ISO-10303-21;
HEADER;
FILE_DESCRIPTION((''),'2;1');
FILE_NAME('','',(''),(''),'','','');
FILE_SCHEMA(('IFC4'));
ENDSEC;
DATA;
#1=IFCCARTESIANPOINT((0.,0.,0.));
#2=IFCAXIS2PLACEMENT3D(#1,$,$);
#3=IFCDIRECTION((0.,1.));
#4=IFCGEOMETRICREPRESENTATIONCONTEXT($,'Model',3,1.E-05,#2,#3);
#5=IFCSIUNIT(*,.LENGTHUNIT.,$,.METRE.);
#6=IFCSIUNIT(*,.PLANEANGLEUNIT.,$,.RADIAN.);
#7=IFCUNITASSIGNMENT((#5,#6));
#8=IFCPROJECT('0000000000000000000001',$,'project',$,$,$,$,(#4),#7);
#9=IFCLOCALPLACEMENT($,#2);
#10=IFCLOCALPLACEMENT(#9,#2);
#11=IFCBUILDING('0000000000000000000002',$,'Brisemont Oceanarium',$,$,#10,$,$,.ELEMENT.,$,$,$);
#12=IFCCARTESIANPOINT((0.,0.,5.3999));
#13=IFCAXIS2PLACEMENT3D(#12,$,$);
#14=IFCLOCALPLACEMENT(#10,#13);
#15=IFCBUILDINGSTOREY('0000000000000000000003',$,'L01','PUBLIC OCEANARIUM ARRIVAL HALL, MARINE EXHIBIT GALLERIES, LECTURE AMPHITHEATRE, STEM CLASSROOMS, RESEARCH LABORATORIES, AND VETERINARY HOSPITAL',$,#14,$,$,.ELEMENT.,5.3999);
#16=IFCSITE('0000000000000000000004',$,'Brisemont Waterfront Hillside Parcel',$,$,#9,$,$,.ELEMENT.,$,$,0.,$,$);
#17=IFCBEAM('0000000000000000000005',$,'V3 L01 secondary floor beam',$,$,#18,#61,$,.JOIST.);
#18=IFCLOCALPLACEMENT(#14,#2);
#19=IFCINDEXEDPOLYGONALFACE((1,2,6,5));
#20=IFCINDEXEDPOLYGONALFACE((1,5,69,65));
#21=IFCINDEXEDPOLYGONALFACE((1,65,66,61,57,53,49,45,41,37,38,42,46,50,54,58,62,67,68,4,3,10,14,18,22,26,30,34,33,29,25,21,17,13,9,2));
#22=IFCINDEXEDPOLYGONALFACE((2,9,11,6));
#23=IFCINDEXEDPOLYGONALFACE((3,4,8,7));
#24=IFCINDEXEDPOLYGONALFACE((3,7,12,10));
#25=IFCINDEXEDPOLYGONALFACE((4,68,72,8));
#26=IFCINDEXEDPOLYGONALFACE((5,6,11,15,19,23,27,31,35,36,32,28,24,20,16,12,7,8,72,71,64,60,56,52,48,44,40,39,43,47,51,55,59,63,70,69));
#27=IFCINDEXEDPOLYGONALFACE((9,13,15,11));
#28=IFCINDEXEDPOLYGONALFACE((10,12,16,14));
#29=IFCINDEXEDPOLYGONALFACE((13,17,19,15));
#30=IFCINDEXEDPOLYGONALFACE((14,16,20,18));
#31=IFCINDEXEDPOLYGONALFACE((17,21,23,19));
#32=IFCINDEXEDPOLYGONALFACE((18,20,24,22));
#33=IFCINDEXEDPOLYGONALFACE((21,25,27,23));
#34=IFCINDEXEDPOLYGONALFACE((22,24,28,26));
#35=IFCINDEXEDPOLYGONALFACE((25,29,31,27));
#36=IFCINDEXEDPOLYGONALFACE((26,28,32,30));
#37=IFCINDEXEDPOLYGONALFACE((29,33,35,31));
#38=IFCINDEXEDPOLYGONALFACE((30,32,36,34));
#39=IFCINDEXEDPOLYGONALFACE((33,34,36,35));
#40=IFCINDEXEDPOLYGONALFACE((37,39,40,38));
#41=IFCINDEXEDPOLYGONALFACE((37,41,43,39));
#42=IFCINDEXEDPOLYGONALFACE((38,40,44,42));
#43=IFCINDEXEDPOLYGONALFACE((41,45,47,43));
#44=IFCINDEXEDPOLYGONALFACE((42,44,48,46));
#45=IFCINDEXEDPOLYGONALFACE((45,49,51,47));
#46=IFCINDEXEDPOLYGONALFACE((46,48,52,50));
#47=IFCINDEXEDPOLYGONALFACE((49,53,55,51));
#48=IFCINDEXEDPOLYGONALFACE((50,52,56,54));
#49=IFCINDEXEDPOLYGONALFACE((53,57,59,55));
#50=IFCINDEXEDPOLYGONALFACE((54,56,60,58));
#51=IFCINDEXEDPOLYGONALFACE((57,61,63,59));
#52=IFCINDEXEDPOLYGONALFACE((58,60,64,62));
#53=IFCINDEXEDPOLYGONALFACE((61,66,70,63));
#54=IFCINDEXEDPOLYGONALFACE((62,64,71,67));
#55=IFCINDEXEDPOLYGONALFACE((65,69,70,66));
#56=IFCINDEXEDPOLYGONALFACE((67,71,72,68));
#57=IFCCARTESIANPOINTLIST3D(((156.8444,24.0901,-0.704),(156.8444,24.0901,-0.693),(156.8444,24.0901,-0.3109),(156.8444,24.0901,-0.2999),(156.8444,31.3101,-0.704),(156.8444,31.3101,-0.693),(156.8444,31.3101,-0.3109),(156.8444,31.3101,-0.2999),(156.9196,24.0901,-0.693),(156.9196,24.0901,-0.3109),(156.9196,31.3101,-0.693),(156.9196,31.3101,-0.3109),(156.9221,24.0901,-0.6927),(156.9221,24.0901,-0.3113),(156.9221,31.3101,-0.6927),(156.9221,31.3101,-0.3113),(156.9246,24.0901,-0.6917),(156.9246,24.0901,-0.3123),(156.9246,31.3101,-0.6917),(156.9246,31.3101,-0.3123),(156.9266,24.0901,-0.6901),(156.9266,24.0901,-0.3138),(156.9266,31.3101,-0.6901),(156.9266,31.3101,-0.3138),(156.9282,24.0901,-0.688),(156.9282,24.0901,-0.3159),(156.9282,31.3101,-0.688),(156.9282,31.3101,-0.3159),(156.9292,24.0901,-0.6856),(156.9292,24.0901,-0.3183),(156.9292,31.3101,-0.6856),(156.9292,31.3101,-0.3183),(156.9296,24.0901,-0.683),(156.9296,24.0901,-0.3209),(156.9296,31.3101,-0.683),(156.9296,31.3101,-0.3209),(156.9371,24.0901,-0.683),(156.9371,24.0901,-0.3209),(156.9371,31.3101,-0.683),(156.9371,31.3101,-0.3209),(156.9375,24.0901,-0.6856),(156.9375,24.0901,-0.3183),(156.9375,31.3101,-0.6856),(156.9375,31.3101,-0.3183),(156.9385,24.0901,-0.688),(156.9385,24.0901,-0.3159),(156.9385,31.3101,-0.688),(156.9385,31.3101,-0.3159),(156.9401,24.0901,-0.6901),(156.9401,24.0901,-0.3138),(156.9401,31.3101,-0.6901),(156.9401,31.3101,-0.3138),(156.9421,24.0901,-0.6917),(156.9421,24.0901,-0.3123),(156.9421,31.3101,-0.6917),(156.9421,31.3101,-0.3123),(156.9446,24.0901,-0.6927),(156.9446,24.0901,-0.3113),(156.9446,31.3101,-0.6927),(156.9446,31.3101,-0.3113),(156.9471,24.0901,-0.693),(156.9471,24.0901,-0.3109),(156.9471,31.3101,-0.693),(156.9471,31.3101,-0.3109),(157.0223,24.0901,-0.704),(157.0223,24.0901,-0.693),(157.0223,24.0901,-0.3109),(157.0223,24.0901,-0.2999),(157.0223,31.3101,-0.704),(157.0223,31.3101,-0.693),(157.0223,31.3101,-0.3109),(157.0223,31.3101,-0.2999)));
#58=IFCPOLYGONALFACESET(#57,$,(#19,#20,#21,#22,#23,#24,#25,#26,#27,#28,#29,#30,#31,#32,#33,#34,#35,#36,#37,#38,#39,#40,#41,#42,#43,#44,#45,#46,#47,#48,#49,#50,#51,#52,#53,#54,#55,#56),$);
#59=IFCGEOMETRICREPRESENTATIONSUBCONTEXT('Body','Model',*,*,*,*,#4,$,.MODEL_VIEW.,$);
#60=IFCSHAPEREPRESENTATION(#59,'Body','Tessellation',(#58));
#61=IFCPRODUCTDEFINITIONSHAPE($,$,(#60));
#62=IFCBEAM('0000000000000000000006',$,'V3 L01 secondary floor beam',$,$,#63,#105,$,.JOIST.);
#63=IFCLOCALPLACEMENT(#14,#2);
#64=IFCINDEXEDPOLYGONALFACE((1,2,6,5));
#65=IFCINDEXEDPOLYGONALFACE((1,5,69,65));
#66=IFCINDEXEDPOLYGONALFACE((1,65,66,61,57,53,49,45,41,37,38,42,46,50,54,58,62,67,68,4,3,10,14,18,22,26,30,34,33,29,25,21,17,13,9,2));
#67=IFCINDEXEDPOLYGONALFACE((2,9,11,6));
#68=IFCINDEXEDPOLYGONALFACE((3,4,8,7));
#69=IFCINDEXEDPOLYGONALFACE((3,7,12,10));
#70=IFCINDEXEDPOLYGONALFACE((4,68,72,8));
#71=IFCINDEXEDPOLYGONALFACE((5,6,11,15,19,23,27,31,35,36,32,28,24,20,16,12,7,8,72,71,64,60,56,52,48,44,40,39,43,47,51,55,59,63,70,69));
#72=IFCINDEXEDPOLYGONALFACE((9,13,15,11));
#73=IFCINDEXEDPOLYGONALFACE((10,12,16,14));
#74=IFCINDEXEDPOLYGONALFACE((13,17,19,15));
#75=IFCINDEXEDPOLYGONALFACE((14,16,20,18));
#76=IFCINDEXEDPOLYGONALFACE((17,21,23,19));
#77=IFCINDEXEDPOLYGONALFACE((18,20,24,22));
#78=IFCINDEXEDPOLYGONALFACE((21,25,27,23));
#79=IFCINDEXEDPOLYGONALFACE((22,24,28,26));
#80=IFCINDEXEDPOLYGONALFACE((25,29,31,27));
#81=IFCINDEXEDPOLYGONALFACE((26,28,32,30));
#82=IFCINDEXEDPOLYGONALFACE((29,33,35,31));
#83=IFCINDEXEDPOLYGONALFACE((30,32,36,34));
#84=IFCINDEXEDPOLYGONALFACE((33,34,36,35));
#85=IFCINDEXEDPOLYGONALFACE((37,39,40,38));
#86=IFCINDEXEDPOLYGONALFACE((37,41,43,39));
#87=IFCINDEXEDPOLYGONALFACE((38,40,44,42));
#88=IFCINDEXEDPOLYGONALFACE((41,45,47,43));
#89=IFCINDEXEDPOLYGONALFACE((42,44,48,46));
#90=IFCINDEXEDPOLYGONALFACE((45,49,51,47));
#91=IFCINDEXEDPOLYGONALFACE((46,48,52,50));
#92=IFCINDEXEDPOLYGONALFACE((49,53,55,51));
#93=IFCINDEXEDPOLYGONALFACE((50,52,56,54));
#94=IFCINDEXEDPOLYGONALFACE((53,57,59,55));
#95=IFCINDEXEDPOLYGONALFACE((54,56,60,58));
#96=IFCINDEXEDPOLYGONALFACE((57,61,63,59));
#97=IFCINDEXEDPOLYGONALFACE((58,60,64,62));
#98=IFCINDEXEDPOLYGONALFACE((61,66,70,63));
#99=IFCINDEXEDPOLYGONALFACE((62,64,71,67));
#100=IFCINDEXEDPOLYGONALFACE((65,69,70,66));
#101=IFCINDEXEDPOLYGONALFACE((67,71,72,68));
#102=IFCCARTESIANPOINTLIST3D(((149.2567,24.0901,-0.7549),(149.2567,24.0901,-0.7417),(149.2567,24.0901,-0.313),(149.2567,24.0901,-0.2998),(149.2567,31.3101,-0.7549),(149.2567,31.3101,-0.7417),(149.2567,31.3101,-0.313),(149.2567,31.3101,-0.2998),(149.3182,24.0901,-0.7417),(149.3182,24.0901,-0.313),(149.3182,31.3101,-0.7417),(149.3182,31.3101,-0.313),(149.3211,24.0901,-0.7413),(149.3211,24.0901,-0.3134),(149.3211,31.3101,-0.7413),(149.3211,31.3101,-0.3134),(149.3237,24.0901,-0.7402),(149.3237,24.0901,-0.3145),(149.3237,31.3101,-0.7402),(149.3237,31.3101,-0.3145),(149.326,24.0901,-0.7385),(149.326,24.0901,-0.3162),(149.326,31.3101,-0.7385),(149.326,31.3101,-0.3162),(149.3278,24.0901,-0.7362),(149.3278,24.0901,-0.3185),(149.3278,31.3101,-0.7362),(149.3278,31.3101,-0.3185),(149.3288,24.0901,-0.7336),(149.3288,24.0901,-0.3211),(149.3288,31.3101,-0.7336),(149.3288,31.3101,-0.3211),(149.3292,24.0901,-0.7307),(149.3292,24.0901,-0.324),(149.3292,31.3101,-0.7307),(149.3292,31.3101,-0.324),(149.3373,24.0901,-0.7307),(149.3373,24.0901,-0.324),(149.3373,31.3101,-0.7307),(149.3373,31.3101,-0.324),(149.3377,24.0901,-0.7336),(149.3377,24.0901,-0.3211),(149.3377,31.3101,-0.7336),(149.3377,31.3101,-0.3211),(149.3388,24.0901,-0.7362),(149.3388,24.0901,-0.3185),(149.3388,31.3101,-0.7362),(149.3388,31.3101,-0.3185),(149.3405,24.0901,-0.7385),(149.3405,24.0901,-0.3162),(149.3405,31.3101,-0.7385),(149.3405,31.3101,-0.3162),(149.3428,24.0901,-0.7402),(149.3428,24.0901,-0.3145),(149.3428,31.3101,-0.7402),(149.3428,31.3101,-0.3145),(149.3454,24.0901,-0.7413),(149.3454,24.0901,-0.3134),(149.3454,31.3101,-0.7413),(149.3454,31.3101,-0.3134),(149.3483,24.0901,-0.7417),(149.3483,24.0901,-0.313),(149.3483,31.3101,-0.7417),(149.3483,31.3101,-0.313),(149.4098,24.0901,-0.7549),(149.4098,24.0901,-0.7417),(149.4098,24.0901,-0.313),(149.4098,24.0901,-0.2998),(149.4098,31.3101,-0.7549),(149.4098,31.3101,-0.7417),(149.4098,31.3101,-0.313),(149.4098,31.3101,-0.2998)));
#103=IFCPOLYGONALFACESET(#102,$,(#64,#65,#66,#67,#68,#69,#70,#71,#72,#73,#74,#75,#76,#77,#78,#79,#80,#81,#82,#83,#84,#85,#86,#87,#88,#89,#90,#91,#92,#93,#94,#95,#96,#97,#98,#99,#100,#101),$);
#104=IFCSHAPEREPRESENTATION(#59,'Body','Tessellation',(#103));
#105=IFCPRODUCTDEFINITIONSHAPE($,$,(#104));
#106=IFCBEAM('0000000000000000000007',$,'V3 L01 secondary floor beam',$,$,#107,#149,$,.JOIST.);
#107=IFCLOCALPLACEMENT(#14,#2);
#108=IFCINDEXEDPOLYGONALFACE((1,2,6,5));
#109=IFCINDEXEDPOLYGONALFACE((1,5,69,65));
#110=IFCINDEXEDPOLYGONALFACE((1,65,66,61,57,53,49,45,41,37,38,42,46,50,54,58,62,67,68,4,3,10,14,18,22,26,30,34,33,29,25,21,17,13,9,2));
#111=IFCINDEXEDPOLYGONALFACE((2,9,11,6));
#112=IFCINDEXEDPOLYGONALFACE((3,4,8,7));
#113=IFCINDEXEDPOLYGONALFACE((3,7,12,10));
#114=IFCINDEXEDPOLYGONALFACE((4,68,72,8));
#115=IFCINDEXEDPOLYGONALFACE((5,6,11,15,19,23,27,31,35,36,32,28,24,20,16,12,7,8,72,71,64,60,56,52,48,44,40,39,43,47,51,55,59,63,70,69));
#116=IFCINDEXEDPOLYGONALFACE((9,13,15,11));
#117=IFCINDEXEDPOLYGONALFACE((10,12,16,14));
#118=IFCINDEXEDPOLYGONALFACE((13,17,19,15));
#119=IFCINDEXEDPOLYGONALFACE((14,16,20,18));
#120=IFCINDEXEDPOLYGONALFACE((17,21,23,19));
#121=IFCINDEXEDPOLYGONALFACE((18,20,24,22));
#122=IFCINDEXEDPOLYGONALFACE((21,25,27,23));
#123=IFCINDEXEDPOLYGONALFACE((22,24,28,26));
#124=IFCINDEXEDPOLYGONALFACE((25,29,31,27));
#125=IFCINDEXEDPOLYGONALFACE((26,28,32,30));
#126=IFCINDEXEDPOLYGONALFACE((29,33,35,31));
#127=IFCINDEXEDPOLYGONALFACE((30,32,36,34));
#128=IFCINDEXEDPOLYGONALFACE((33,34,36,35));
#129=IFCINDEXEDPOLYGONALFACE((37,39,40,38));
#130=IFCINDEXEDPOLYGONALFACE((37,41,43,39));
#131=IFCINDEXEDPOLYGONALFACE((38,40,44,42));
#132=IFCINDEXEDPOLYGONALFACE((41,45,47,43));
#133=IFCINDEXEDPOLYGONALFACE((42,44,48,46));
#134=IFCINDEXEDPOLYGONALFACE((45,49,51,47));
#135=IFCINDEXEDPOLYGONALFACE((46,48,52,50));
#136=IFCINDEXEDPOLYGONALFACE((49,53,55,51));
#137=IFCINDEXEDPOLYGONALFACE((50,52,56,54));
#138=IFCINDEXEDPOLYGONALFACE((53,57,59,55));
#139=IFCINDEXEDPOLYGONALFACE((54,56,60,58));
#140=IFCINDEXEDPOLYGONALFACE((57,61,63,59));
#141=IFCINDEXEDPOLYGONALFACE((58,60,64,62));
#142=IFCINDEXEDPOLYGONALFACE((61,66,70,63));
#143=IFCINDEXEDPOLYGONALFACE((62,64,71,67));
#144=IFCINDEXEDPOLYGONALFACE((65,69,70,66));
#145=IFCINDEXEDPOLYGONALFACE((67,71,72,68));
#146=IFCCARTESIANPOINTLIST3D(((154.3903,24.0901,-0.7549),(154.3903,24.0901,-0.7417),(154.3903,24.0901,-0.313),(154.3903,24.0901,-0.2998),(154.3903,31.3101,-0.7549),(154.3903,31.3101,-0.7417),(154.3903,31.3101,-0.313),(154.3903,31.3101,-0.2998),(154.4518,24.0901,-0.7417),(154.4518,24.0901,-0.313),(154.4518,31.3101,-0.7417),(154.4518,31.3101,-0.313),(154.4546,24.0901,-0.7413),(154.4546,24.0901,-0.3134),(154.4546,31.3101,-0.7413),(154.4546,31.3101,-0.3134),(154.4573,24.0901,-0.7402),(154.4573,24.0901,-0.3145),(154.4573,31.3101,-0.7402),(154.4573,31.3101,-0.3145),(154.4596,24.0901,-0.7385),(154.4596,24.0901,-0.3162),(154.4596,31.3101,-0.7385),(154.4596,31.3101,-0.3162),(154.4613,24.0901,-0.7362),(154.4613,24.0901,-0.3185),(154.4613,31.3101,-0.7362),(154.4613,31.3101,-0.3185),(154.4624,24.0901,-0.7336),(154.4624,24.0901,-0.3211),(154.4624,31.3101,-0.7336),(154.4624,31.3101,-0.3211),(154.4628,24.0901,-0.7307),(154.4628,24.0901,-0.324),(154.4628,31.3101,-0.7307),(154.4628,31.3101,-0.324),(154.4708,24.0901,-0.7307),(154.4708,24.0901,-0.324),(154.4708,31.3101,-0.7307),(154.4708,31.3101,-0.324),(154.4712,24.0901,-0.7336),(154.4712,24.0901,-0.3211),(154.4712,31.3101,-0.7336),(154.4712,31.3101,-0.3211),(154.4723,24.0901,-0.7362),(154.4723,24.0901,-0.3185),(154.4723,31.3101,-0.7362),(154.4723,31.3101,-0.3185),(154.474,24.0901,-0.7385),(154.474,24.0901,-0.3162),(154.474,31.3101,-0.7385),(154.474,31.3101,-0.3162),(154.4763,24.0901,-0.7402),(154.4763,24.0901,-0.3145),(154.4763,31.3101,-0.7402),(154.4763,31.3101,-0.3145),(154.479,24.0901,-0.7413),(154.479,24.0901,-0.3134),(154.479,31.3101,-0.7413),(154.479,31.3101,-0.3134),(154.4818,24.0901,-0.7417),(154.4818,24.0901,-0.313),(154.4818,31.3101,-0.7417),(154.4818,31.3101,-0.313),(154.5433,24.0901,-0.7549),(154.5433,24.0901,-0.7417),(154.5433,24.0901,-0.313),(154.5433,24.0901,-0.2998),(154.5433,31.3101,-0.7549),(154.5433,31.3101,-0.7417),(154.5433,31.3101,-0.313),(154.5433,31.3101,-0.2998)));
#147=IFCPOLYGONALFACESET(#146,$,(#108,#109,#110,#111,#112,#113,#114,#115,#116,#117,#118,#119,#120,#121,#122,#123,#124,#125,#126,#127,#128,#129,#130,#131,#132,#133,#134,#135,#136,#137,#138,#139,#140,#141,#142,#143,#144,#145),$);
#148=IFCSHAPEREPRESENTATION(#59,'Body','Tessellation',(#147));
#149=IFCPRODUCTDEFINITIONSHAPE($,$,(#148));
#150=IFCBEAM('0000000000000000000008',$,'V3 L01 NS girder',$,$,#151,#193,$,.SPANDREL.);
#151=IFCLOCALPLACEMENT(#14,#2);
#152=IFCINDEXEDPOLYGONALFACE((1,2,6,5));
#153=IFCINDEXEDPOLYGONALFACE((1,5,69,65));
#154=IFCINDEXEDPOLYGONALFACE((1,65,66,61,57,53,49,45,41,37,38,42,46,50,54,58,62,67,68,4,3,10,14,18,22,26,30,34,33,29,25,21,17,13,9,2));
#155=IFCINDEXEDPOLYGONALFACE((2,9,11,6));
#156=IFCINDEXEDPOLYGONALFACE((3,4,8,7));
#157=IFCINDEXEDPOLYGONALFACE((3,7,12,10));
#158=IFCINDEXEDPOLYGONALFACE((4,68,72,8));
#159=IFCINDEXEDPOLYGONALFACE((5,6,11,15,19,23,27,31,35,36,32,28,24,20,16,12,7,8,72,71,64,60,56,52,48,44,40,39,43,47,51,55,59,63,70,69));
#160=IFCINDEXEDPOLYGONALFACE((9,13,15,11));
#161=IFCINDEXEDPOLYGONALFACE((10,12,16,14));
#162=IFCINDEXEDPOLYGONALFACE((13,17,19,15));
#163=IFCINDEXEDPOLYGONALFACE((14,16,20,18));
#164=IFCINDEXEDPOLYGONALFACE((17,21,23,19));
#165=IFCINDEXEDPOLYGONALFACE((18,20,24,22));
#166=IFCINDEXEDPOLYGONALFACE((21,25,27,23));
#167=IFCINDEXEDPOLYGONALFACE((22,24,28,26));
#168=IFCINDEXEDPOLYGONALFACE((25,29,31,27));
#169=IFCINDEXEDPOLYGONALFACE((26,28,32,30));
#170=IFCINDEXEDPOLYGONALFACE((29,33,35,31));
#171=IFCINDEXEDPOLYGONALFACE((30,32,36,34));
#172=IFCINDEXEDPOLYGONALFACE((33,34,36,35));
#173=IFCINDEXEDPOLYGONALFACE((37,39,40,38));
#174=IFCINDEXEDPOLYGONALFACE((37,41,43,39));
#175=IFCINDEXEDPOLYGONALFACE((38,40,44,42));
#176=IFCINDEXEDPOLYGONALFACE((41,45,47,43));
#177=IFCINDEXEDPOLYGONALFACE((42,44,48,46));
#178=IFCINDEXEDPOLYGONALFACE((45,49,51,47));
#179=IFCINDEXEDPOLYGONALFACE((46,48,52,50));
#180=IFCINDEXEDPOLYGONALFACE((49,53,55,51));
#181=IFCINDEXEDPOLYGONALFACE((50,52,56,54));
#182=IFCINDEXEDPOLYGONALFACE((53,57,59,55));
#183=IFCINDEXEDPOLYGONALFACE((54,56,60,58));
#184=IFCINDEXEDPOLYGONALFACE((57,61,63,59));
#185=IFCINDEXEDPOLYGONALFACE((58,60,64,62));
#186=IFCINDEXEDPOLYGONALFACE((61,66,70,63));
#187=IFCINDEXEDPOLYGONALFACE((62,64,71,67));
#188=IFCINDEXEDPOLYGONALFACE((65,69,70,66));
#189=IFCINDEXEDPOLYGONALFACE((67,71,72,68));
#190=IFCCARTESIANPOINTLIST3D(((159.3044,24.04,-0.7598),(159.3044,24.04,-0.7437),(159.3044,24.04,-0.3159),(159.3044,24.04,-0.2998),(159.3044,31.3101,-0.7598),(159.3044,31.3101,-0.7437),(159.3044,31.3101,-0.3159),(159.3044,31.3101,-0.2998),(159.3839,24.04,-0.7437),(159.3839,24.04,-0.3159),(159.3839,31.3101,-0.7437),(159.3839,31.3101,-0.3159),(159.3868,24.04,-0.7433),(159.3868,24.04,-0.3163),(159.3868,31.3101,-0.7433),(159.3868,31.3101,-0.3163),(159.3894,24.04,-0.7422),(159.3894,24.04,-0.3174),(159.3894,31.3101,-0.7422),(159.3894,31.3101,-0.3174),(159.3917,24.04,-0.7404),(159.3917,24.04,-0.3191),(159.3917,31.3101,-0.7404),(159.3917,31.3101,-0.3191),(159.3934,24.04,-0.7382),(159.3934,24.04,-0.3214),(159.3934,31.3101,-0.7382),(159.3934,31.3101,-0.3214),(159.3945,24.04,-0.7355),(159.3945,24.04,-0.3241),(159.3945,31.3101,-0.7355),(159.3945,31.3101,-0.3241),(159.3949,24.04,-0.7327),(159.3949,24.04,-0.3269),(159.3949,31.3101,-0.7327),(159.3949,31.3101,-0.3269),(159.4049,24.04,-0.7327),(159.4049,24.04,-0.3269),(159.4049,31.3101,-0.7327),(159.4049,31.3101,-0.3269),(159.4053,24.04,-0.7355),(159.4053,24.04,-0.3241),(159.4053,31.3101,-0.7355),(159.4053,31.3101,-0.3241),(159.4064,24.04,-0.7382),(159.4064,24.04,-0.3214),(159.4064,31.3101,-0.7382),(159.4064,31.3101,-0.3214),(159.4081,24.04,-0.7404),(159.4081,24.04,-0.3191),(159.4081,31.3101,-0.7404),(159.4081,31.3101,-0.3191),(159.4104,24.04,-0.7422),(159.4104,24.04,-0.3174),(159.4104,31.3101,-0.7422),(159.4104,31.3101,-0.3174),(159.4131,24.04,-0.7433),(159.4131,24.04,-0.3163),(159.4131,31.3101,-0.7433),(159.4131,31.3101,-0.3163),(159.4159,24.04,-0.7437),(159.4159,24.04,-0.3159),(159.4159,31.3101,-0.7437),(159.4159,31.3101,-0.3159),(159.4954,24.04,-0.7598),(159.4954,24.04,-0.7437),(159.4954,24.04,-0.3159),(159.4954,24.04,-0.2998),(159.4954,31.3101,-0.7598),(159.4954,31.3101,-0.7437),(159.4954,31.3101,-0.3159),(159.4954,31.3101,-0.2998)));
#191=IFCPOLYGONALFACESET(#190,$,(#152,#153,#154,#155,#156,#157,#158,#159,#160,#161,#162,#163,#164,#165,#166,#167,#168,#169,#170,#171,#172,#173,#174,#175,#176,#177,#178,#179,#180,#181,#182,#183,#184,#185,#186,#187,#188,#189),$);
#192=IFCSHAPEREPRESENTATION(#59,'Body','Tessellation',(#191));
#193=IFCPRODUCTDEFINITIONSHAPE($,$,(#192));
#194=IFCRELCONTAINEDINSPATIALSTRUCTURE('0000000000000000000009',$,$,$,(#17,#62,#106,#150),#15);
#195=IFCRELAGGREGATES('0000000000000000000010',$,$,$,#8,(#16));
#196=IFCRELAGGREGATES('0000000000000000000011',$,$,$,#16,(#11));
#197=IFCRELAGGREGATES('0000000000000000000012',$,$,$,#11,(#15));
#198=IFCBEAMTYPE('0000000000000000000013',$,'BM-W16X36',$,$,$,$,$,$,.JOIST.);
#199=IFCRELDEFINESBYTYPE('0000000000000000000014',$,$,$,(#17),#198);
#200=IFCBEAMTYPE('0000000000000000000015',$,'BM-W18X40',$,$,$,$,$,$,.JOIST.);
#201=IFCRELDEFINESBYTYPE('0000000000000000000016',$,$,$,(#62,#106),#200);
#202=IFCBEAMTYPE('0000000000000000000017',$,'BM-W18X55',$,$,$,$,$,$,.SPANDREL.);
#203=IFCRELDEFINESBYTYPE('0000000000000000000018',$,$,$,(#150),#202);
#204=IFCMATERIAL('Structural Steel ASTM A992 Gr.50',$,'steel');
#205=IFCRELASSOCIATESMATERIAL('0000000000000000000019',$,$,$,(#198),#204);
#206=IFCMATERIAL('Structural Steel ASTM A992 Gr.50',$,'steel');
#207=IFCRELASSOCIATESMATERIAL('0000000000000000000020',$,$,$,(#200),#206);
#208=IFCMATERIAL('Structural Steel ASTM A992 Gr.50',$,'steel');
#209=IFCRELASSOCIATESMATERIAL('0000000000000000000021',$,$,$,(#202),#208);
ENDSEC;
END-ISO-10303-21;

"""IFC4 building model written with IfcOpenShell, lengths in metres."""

from ifc_helpers import new_model, si_unit, direction, frame, origin, origin_2d, place, context, subcontext, project, spatial, i_section, extrude, material, material_profile, profile_set, type_object, element, save


model = new_model("IFC4")

# Units and contexts
model_context = context("Model", 3, precision=1e-05, world=origin(), true_north=direction((0.0, 1.0)))
body_context = subcontext(model_context, "Body", "Model", "MODEL_VIEW")
ifc_project = project(units=[si_unit("LENGTHUNIT", "METRE"), si_unit("PLANEANGLEUNIT", "RADIAN")], contexts=[model_context])

# Site, building, storey
site_placement = place(None, origin())
site = spatial("IfcSite", under=ifc_project, at=site_placement, Name="Brisemont Waterfront Hillside Parcel", CompositionType="ELEMENT", RefElevation=0.0)
building_placement = place(site_placement, origin())
building = spatial("IfcBuilding", under=site, at=building_placement, Name="Brisemont Oceanarium", CompositionType="ELEMENT")
storey_placement = place(building_placement, frame((0.0, 0.0, 5.3999)))
storey = spatial("IfcBuildingStorey", under=building, at=storey_placement, Name="L01", Description="PUBLIC OCEANARIUM ARRIVAL HALL, MARINE EXHIBIT GALLERIES, LECTURE AMPHITHEATRE, STEM CLASSROOMS, RESEARCH LABORATORIES, AND VETERINARY HOSPITAL", CompositionType="ELEMENT", Elevation=5.3999)

# Beams
ifc_material_1 = material(Name="Structural Steel ASTM A992 Gr.50", Category="steel")
ifc_material_profile_1 = material_profile(ifc_material_1, i_section(OverallWidth=0.178, OverallDepth=0.4041, WebThickness=0.0076, FlangeThickness=0.011, FilletRadius=0.01, at=origin_2d()), Name="W16X36")
ifc_profile_set_1 = profile_set([ifc_material_profile_1], Name="Structural Steel ASTM A992 Gr.50")
beam_type_1 = type_object("IfcBeamType", Name="BM-W16X36", PredefinedType="JOIST", material=ifc_profile_set_1)
beam_1_placement = place(storey_placement, frame((156.9333, 24.0901, -0.502), z_axis=(0.0, 1.0, 0.0), x_axis=(-1.0, 0.0, 0.0)))
element("IfcBeam", 1, at=beam_1_placement, inside=storey, type_object=beam_type_1, Name="V3 L01 secondary floor beam", PredefinedType="JOIST", context=body_context, shape_type="SweptSolid", body=[
    extrude(i_section(OverallWidth=0.178, OverallDepth=0.4041, WebThickness=0.0076, FlangeThickness=0.011, FilletRadius=0.01, at=origin_2d()), origin(), (0.0, 0.0, 1.0), 7.22),
])
ifc_material_2 = material(Name="Structural Steel ASTM A992 Gr.50", Category="steel")
ifc_material_profile_2 = material_profile(ifc_material_2, i_section(OverallWidth=0.1531, OverallDepth=0.4551, WebThickness=0.0081, FlangeThickness=0.0132, FilletRadius=0.011, at=origin_2d()), Name="W18X40")
ifc_profile_set_2 = profile_set([ifc_material_profile_2], Name="Structural Steel ASTM A992 Gr.50")
beam_type_2 = type_object("IfcBeamType", Name="BM-W18X40", PredefinedType="JOIST", material=ifc_profile_set_2)
for number, where, z_axis, x_axis, name in (
    (2, (149.3333, 24.0901, -0.5273), (0.0, 1.0, 0.0), (-1.0, 0.0, 0.0), "V3 L01 secondary floor beam"),
    (3, (154.4668, 24.0901, -0.5273), (0.0, 1.0, 0.0), (-1.0, 0.0, 0.0), "V3 L01 secondary floor beam"),
):
    element("IfcBeam", number, at=place(storey_placement, frame(where, z_axis=z_axis, x_axis=x_axis)), inside=storey, type_object=beam_type_2, Name=name, PredefinedType="JOIST", context=body_context, shape_type="SweptSolid", body=[
        extrude(i_section(OverallWidth=0.1531, OverallDepth=0.4551, WebThickness=0.0081, FlangeThickness=0.0132, FilletRadius=0.011, at=origin_2d()), origin(), (0.0, 0.0, 1.0), 7.22),
    ])
ifc_material_3 = material(Name="Structural Steel ASTM A992 Gr.50", Category="steel")
ifc_material_profile_3 = material_profile(ifc_material_3, i_section(OverallWidth=0.1909, OverallDepth=0.46, WebThickness=0.01, FlangeThickness=0.0161, FilletRadius=0.011, at=origin_2d()), Name="W18X55")
ifc_profile_set_3 = profile_set([ifc_material_profile_3], Name="Structural Steel ASTM A992 Gr.50")
beam_type_3 = type_object("IfcBeamType", Name="BM-W18X55", PredefinedType="SPANDREL", material=ifc_profile_set_3)
beam_2_placement = place(storey_placement, frame((159.3999, 24.04, -0.5298), z_axis=(0.0, 1.0, 0.0), x_axis=(-1.0, 0.0, 0.0)))
element("IfcBeam", 4, at=beam_2_placement, inside=storey, type_object=beam_type_3, Name="V3 L01 NS girder", PredefinedType="SPANDREL", context=body_context, shape_type="SweptSolid", body=[
    extrude(i_section(OverallWidth=0.1909, OverallDepth=0.46, WebThickness=0.01, FlangeThickness=0.0161, FilletRadius=0.011, at=origin_2d()), origin(), (0.0, 0.0, 1.0), 7.27),
])

save(model, "model.ifc")
